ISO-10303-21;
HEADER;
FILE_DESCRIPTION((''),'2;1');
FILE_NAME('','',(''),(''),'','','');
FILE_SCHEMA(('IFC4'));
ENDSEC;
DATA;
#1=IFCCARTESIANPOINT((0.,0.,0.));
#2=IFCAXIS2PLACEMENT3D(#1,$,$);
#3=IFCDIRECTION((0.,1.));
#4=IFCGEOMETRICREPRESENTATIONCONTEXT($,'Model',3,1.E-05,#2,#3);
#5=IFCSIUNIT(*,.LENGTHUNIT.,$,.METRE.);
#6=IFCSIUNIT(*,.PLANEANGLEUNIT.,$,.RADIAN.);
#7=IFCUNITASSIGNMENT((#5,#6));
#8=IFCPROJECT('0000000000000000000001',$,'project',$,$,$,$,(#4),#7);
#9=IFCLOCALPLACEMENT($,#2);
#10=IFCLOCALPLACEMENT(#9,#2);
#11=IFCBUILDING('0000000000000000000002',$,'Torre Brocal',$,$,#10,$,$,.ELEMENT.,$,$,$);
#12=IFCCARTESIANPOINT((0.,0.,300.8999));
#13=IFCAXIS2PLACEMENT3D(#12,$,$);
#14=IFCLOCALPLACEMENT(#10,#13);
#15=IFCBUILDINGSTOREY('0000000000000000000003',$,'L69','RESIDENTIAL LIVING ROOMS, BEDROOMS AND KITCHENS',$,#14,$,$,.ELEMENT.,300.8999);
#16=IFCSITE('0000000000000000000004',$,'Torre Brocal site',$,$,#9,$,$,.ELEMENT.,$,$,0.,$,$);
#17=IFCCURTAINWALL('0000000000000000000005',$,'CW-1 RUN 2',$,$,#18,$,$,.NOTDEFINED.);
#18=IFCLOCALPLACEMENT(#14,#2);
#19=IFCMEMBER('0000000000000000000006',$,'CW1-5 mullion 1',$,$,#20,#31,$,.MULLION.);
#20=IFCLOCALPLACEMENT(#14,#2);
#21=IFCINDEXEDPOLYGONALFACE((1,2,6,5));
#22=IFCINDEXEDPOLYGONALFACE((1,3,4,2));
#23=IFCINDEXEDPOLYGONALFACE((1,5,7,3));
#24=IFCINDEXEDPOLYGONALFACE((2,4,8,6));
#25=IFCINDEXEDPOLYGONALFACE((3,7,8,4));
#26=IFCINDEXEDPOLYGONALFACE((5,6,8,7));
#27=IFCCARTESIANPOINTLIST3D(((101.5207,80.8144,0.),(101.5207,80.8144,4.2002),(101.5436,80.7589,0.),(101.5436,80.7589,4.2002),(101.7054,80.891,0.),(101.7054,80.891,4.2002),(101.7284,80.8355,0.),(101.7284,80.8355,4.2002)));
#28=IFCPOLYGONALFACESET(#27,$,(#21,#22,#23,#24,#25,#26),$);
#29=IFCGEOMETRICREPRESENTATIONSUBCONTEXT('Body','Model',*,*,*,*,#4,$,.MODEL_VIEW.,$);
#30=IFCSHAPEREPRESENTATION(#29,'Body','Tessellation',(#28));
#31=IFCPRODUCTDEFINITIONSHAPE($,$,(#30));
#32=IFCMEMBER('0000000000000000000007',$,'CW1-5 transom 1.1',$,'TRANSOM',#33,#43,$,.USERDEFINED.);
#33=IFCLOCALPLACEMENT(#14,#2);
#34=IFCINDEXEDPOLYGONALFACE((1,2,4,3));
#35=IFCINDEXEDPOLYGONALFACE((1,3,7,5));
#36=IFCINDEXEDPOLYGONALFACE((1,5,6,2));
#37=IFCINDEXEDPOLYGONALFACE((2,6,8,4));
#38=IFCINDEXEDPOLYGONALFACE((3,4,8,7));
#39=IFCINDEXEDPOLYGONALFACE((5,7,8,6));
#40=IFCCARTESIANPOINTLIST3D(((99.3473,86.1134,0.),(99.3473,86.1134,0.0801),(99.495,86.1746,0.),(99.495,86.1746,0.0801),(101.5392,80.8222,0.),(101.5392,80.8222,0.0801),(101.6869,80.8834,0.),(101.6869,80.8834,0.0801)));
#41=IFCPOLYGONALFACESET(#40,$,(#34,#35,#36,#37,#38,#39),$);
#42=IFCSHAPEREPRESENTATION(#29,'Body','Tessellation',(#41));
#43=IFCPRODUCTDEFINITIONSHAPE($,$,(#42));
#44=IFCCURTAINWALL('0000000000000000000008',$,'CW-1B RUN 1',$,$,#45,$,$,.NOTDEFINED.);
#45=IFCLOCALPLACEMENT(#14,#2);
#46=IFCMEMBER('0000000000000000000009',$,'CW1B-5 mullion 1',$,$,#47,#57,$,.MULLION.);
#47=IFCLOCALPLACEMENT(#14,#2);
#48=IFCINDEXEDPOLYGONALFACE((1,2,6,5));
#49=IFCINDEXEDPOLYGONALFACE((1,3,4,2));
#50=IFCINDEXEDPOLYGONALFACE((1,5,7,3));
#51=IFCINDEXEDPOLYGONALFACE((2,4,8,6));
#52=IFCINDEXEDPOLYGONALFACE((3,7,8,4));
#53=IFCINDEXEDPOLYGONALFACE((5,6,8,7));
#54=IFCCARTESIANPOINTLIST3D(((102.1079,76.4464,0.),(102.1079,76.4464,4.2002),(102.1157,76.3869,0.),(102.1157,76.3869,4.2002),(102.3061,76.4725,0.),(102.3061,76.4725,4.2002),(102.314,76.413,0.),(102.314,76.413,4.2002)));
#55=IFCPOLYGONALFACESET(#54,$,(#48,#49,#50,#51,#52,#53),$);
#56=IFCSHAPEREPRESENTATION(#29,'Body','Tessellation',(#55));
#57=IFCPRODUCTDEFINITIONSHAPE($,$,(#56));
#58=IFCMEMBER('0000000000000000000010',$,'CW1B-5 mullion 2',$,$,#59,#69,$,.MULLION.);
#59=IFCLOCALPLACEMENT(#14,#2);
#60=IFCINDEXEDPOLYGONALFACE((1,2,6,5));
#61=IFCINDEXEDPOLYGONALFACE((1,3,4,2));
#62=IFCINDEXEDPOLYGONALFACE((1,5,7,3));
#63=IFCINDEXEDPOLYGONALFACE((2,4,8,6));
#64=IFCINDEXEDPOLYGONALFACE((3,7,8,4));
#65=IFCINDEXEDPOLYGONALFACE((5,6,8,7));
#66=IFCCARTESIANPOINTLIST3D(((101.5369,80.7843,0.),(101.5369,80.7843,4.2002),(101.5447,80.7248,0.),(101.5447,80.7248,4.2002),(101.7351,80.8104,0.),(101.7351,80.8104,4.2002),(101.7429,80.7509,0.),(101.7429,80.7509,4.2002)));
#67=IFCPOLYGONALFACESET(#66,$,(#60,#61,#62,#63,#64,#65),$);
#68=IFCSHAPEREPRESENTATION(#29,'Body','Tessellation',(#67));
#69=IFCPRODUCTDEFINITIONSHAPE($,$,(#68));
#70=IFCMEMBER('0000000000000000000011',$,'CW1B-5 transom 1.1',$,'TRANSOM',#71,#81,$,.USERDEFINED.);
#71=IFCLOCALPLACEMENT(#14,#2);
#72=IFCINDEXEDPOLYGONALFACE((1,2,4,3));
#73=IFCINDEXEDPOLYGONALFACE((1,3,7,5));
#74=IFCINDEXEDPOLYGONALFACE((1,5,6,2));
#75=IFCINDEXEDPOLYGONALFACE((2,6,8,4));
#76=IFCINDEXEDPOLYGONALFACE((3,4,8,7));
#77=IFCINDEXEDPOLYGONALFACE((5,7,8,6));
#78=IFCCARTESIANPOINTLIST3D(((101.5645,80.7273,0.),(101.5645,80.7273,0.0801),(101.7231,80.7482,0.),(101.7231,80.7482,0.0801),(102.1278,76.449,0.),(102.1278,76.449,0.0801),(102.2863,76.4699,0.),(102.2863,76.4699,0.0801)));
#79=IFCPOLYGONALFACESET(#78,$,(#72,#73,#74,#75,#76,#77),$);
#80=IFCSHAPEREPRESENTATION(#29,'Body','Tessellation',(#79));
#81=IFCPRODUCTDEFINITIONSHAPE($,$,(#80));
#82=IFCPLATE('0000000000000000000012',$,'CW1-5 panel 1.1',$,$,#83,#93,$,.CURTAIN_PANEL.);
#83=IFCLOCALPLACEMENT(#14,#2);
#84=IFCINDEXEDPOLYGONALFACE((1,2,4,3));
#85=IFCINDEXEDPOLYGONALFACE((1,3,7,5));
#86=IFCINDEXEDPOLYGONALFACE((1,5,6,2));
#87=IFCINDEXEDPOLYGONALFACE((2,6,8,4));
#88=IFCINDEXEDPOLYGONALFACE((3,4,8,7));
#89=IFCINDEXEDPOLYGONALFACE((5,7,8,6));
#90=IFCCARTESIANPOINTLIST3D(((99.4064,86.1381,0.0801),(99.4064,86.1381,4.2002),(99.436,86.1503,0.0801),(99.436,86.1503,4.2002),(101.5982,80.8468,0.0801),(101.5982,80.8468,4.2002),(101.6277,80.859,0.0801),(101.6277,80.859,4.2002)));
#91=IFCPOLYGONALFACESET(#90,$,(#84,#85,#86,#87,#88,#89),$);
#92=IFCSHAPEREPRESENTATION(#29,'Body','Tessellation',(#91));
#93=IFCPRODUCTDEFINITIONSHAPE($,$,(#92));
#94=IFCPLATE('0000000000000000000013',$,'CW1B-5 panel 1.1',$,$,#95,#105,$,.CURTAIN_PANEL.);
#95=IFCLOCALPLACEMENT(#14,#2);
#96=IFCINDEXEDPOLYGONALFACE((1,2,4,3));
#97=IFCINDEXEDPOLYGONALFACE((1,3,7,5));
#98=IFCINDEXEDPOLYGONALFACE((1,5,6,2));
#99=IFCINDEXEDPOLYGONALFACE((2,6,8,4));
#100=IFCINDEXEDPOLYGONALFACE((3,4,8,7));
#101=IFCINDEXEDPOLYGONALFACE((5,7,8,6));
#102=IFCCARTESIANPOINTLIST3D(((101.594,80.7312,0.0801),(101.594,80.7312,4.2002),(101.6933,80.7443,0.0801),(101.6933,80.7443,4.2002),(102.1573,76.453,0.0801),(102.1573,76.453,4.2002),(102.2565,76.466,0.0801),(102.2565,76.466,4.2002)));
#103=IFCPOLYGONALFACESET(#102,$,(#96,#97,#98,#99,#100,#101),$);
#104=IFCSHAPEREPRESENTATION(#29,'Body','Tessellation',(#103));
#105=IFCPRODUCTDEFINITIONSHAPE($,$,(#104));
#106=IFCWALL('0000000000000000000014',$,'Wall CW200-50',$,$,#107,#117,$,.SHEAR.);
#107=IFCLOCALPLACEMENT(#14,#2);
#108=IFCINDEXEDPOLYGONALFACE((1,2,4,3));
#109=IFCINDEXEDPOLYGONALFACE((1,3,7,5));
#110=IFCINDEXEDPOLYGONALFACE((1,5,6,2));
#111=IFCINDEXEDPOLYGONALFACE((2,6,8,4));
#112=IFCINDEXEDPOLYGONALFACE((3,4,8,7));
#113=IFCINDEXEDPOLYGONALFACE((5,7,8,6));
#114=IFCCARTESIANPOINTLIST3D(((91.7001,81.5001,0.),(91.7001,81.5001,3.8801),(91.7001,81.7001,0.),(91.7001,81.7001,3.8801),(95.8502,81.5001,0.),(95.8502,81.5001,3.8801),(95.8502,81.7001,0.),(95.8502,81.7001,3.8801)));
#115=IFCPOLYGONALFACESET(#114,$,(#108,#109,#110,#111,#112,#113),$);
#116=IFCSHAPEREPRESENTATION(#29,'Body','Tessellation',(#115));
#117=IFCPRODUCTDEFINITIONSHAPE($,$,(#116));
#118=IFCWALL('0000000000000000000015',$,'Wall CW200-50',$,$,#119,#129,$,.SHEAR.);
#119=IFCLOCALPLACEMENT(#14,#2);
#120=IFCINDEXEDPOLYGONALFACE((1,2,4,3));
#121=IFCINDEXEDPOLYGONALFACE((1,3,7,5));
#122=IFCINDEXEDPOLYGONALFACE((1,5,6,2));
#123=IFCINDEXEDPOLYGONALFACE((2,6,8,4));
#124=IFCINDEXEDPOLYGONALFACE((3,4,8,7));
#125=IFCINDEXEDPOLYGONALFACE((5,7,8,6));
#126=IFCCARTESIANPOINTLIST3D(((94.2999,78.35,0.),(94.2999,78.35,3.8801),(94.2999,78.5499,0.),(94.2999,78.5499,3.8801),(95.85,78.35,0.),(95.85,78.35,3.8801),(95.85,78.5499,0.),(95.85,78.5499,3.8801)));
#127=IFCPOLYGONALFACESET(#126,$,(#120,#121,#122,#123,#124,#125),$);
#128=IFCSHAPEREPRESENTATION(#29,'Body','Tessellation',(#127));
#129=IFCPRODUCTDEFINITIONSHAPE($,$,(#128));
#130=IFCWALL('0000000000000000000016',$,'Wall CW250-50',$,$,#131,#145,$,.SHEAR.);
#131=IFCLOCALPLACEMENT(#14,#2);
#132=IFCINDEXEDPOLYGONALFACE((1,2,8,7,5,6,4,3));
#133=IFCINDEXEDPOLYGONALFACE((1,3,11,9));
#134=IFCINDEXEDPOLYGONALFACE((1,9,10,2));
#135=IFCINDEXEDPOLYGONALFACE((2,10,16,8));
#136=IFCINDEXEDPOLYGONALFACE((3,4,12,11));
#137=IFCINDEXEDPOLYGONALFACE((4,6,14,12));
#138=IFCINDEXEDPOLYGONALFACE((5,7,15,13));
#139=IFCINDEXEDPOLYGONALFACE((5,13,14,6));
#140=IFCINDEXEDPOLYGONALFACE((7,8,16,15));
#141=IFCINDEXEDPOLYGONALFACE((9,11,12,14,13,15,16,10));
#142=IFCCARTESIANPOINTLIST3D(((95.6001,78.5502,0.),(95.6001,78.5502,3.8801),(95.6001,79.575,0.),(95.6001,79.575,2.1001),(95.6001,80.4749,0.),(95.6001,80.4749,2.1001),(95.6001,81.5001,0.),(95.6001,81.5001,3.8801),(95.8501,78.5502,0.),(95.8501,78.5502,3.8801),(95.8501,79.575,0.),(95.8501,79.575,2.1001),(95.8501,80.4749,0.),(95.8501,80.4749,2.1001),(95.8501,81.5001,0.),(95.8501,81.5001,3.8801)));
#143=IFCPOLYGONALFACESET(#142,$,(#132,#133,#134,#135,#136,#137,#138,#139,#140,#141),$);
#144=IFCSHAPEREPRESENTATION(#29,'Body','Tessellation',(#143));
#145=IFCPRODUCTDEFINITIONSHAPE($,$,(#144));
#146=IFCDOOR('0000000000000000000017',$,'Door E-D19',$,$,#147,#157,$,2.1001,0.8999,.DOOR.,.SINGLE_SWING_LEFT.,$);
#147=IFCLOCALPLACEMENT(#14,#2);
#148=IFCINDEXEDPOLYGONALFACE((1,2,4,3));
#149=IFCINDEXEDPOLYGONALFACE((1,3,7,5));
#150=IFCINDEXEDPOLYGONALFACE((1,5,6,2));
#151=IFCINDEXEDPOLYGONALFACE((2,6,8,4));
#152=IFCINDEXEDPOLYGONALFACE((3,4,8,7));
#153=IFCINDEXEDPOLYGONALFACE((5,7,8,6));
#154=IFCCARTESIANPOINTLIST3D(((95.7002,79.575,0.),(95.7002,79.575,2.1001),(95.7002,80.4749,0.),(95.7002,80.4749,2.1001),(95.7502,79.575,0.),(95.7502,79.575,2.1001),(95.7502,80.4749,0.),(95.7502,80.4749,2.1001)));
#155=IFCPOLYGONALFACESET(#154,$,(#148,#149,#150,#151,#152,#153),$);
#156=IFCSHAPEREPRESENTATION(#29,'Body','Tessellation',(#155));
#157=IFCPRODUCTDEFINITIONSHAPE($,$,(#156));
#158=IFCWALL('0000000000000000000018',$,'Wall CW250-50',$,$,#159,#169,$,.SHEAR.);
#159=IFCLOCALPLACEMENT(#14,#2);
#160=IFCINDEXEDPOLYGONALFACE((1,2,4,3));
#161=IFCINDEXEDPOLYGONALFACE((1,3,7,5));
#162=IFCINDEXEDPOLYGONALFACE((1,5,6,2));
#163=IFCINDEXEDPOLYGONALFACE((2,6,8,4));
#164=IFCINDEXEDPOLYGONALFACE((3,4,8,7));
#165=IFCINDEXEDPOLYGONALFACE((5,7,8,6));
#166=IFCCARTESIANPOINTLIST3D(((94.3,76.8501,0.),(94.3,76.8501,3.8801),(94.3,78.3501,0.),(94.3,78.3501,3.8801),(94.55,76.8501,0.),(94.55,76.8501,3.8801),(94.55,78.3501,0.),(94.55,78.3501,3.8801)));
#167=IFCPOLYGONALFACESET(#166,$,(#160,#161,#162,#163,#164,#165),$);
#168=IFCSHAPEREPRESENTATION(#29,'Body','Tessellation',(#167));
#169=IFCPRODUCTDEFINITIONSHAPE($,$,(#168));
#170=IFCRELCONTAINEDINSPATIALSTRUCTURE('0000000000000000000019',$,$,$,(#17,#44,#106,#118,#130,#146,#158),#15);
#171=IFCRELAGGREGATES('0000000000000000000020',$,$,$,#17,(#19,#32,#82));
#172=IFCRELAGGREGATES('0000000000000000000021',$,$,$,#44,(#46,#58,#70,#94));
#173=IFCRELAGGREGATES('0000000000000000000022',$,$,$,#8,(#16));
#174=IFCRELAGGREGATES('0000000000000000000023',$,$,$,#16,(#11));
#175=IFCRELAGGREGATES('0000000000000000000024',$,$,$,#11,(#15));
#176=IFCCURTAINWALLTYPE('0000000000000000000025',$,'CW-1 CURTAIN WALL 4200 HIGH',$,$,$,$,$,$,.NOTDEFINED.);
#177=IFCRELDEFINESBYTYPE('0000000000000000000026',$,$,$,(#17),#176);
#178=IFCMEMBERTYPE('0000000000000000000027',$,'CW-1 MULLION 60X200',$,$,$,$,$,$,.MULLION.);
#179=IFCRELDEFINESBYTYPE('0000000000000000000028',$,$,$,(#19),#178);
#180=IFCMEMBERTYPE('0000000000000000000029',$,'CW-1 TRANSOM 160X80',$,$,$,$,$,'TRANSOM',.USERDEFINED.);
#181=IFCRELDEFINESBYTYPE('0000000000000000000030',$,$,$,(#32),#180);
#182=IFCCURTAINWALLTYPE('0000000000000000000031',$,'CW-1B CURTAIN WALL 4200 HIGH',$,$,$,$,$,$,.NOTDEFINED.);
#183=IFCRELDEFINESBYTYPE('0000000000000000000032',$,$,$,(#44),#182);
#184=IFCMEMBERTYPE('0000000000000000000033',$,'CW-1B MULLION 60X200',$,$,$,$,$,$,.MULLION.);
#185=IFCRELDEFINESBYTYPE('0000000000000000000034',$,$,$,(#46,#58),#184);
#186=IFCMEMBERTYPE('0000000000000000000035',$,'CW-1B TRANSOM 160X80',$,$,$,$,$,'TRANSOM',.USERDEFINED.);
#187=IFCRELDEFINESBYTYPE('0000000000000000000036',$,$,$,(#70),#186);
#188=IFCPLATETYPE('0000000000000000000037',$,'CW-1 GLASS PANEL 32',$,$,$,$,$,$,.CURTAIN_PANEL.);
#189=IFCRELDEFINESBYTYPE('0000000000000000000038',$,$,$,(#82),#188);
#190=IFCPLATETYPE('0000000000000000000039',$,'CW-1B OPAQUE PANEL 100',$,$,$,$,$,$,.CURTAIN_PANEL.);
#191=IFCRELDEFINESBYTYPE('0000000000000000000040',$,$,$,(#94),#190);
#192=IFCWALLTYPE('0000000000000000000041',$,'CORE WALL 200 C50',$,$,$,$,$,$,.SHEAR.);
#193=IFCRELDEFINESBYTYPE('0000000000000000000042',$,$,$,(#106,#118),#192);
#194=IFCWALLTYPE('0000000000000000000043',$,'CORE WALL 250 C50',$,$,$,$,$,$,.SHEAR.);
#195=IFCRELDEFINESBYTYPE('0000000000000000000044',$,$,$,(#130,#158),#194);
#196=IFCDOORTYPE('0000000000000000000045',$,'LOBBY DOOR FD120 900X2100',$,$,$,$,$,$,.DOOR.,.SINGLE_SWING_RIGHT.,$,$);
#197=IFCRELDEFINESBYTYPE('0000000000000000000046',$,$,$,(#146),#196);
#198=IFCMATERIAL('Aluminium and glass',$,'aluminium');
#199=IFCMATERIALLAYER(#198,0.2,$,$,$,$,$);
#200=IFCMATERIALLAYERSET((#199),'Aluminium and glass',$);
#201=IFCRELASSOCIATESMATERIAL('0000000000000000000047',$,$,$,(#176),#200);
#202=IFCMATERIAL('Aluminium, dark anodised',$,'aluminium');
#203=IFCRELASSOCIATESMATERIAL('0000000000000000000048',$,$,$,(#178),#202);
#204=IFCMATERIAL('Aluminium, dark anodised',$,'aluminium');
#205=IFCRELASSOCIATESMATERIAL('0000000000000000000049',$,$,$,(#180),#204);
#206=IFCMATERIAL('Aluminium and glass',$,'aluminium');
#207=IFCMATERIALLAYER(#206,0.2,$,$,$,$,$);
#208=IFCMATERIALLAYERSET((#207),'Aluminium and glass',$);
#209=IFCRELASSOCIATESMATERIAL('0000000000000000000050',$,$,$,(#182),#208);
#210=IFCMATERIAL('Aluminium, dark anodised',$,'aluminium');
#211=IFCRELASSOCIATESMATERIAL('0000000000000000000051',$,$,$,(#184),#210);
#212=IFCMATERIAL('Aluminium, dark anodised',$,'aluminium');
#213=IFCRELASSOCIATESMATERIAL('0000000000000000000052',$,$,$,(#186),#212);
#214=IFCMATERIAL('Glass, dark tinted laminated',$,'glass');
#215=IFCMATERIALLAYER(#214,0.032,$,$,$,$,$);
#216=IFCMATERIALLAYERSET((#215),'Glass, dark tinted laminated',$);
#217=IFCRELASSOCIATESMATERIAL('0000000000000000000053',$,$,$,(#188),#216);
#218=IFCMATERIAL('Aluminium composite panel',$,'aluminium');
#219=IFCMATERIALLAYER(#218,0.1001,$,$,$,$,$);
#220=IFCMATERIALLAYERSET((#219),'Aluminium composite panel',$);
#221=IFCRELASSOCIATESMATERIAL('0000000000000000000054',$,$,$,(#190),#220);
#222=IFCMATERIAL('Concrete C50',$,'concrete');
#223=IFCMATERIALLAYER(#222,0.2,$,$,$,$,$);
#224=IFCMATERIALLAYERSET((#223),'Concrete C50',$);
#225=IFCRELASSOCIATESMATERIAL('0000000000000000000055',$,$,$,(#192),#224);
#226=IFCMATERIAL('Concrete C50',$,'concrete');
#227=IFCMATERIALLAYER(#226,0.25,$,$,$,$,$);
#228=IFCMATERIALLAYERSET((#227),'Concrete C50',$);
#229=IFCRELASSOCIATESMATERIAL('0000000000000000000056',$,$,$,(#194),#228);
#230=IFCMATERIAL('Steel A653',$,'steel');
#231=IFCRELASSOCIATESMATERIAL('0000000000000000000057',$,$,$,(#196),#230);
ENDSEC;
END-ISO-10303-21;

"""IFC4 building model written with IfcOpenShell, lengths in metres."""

from ifc_helpers import new_model, si_unit, direction, frame, frame_2d, origin, origin_2d, place, context, subcontext, project, spatial, rectangle, extrude, material, layer, layer_set, material_profile, profile_set, type_object, element, fill, aggregate, save


model = new_model("IFC4")

# Units and contexts
model_context = context("Model", 3, precision=1e-05, world=origin(), true_north=direction((0.0, 1.0)))
body_context = subcontext(model_context, "Body", "Model", "MODEL_VIEW")
ifc_project = project(units=[si_unit("LENGTHUNIT", "METRE"), si_unit("PLANEANGLEUNIT", "RADIAN")], contexts=[model_context])

# Site, building, storey
site_placement = place(None, origin())
site = spatial("IfcSite", under=ifc_project, at=site_placement, Name="Torre Brocal site", CompositionType="ELEMENT", RefElevation=0.0)
building_placement = place(site_placement, origin())
building = spatial("IfcBuilding", under=site, at=building_placement, Name="Torre Brocal", CompositionType="ELEMENT")
storey_placement = place(building_placement, frame((0.0, 0.0, 300.8999)))
storey = spatial("IfcBuildingStorey", under=building, at=storey_placement, Name="L69", Description="RESIDENTIAL LIVING ROOMS, BEDROOMS AND KITCHENS", CompositionType="ELEMENT", Elevation=300.8999)

# Curtain walls, members
ifc_material_1 = material(Name="Aluminium and glass", Category="aluminium")
ifc_layer_1 = layer(ifc_material_1, 0.2)
ifc_layer_set_1 = layer_set([ifc_layer_1], Name="Aluminium and glass")
curtain_wall_type_1 = type_object("IfcCurtainWallType", Name="CW-1 CURTAIN WALL 4200 HIGH", PredefinedType="NOTDEFINED", material=ifc_layer_set_1)
curtain_wall_1_placement = place(storey_placement, origin())
curtain_wall_1 = element("IfcCurtainWall", 1, at=curtain_wall_1_placement, inside=storey, type_object=curtain_wall_type_1, Name="CW-1 RUN 2", PredefinedType="NOTDEFINED")
ifc_material_2 = material(Name="Aluminium, dark anodised", Category="aluminium")
ifc_material_profile_1 = material_profile(ifc_material_2, rectangle(XDim=0.2, YDim=0.0601, at=origin_2d()), Name="CW-1 MULLION 60X200")
ifc_profile_set_1 = profile_set([ifc_material_profile_1], Name="Aluminium, dark anodised")
member_type_1 = type_object("IfcMemberType", Name="CW-1 MULLION 60X200", PredefinedType="MULLION", material=ifc_profile_set_1)
member_1_placement = place(storey_placement, frame((101.6245, 80.825, 0.0), z_axis=(0.0, 0.0, 1.0), x_axis=(-0.92388, -0.382683, 0.0)))
member_1 = element("IfcMember", 2, at=member_1_placement, type_object=member_type_1, Name="CW1-5 mullion 1", PredefinedType="MULLION", context=body_context, shape_type="SweptSolid", body=[
    extrude(rectangle(XDim=0.2, YDim=0.0601, at=origin_2d()), origin(), (0.0, 0.0, 1.0), 4.2002),
])
ifc_material_3 = material(Name="Aluminium, dark anodised", Category="aluminium")
ifc_material_profile_2 = material_profile(ifc_material_3, rectangle(XDim=0.1599, YDim=0.0801, at=origin_2d()), Name="CW-1 TRANSOM 160X80")
ifc_profile_set_2 = profile_set([ifc_material_profile_2], Name="Aluminium, dark anodised")
member_type_2 = type_object("IfcMemberType", Name="CW-1 TRANSOM 160X80", ElementType="TRANSOM", PredefinedType="USERDEFINED", material=ifc_profile_set_2)
member_2_placement = place(storey_placement, frame((101.613, 80.8528, 0.04), z_axis=(-0.382711, 0.923868, 0.0), x_axis=(-0.923868, -0.382711, 0.0)))
member_2 = element("IfcMember", 3, at=member_2_placement, type_object=member_type_2, Name="CW1-5 transom 1.1", ObjectType="TRANSOM", PredefinedType="USERDEFINED", context=body_context, shape_type="SweptSolid", body=[
    extrude(rectangle(XDim=0.1599, YDim=0.0801, at=origin_2d()), origin(), (0.0, 0.0, 1.0), 5.7273),
])
ifc_material_4 = material(Name="Aluminium and glass", Category="aluminium")
ifc_layer_2 = layer(ifc_material_4, 0.2)
ifc_layer_set_2 = layer_set([ifc_layer_2], Name="Aluminium and glass")
curtain_wall_type_2 = type_object("IfcCurtainWallType", Name="CW-1B CURTAIN WALL 4200 HIGH", PredefinedType="NOTDEFINED", material=ifc_layer_set_2)
curtain_wall_2_placement = place(storey_placement, origin())
curtain_wall_2 = element("IfcCurtainWall", 4, at=curtain_wall_2_placement, inside=storey, type_object=curtain_wall_type_2, Name="CW-1B RUN 1", PredefinedType="NOTDEFINED")
ifc_material_5 = material(Name="Aluminium, dark anodised", Category="aluminium")
ifc_material_profile_3 = material_profile(ifc_material_5, rectangle(XDim=0.2, YDim=0.0601, at=origin_2d()), Name="CW-1B MULLION 60X200")
ifc_profile_set_3 = profile_set([ifc_material_profile_3], Name="Aluminium, dark anodised")
member_type_3 = type_object("IfcMemberType", Name="CW-1B MULLION 60X200", PredefinedType="MULLION", material=ifc_profile_set_3)
member_3_placement = place(storey_placement, frame((102.2109, 76.4297, 0.0), z_axis=(0.0, 0.0, 1.0), x_axis=(-0.991445, -0.130526, 0.0)))
member_3 = element("IfcMember", 5, at=member_3_placement, type_object=member_type_3, Name="CW1B-5 mullion 1", PredefinedType="MULLION", context=body_context, shape_type="SweptSolid", body=[
    extrude(rectangle(XDim=0.2, YDim=0.0601, at=origin_2d()), origin(), (0.0, 0.0, 1.0), 4.2002),
])
member_4_placement = place(storey_placement, frame((101.6399, 80.7676, 0.0), z_axis=(0.0, 0.0, 1.0), x_axis=(-0.991445, -0.130526, 0.0)))
member_4 = element("IfcMember", 6, at=member_4_placement, type_object=member_type_3, Name="CW1B-5 mullion 2", PredefinedType="MULLION", context=body_context, shape_type="SweptSolid", body=[
    extrude(rectangle(XDim=0.2, YDim=0.0601, at=origin_2d()), origin(), (0.0, 0.0, 1.0), 4.2002),
])
ifc_material_6 = material(Name="Aluminium, dark anodised", Category="aluminium")
ifc_material_profile_4 = material_profile(ifc_material_6, rectangle(XDim=0.1599, YDim=0.0801, at=origin_2d()), Name="CW-1B TRANSOM 160X80")
ifc_profile_set_4 = profile_set([ifc_material_profile_4], Name="Aluminium, dark anodised")
member_type_4 = type_object("IfcMemberType", Name="CW-1B TRANSOM 160X80", ElementType="TRANSOM", PredefinedType="USERDEFINED", material=ifc_profile_set_4)
member_5_placement = place(storey_placement, frame((102.207, 76.4595, 0.04), z_axis=(-0.130522, 0.991445, 0.0), x_axis=(-0.991445, -0.130522, 0.0)))
member_5 = element("IfcMember", 7, at=member_5_placement, type_object=member_type_4, Name="CW1B-5 transom 1.1", ObjectType="TRANSOM", PredefinedType="USERDEFINED", context=body_context, shape_type="SweptSolid", body=[
    extrude(rectangle(XDim=0.1599, YDim=0.0801, at=origin_2d()), origin(), (0.0, 0.0, 1.0), 4.3152),
])

# Plates
ifc_material_7 = material(Name="Glass, dark tinted laminated", Category="glass")
ifc_layer_3 = layer(ifc_material_7, 0.032)
ifc_layer_set_3 = layer_set([ifc_layer_3], Name="Glass, dark tinted laminated")
plate_type_1 = type_object("IfcPlateType", Name="CW-1 GLASS PANEL 32", PredefinedType="CURTAIN_PANEL", material=ifc_layer_set_3)
plate_1_placement = place(storey_placement, frame((100.5171, 83.4985, 0.0801), z_axis=(0.0, 0.0, 1.0), x_axis=(-0.382683, 0.92388, 0.0)))
plate_1 = element("IfcPlate", 8, at=plate_1_placement, type_object=plate_type_1, Name="CW1-5 panel 1.1", PredefinedType="CURTAIN_PANEL", context=body_context, shape_type="SweptSolid", body=[
    extrude(rectangle(XDim=5.7273, YDim=0.032, at=origin_2d()), origin(), (0.0, 0.0, 1.0), 4.1201),
])
aggregate(curtain_wall_1, [member_1, member_2, plate_1])
ifc_material_8 = material(Name="Aluminium composite panel", Category="aluminium")
ifc_layer_4 = layer(ifc_material_8, 0.1001)
ifc_layer_set_4 = layer_set([ifc_layer_4], Name="Aluminium composite panel")
plate_type_2 = type_object("IfcPlateType", Name="CW-1B OPAQUE PANEL 100", PredefinedType="CURTAIN_PANEL", material=ifc_layer_set_4)
plate_2_placement = place(storey_placement, frame((101.9253, 78.5986, 0.0801), z_axis=(0.0, 0.0, 1.0), x_axis=(-0.130526, 0.991445, 0.0)))
plate_2 = element("IfcPlate", 9, at=plate_2_placement, type_object=plate_type_2, Name="CW1B-5 panel 1.1", PredefinedType="CURTAIN_PANEL", context=body_context, shape_type="SweptSolid", body=[
    extrude(rectangle(XDim=4.3152, YDim=0.1001, at=origin_2d()), origin(), (0.0, 0.0, 1.0), 4.1201),
])
aggregate(curtain_wall_2, [member_3, member_4, member_5, plate_2])

# Walls
ifc_material_9 = material(Name="Concrete C50", Category="concrete")
ifc_layer_5 = layer(ifc_material_9, 0.2)
ifc_layer_set_5 = layer_set([ifc_layer_5], Name="Concrete C50")
wall_type_1 = type_object("IfcWallType", Name="CORE WALL 200 C50", PredefinedType="SHEAR", material=ifc_layer_set_5)
wall_1_placement = place(storey_placement, frame((91.7, 81.6001, 0.0), z_axis=(0.0, 0.0, 1.0), x_axis=(1.0, 0.0, 0.0)))
element("IfcWall", 10, at=wall_1_placement, inside=storey, type_object=wall_type_1, Name="Wall CW200-50", PredefinedType="SHEAR", context=body_context, shape_type="SweptSolid", body=[
    extrude(rectangle(XDim=4.1501, YDim=0.2, at=frame_2d((2.0752, 0.0))), origin(), (0.0, 0.0, 1.0), 3.8801),
])
wall_2_placement = place(storey_placement, frame((94.3, 78.45, 0.0), z_axis=(0.0, 0.0, 1.0), x_axis=(1.0, 0.0, 0.0)))
element("IfcWall", 11, at=wall_2_placement, inside=storey, type_object=wall_type_1, Name="Wall CW200-50", PredefinedType="SHEAR", context=body_context, shape_type="SweptSolid", body=[
    extrude(rectangle(XDim=1.55, YDim=0.2, at=frame_2d((0.7749, 0.0))), origin(), (0.0, 0.0, 1.0), 3.8801),
])

# Wall, opening, door
ifc_material_10 = material(Name="Concrete C50", Category="concrete")
ifc_layer_6 = layer(ifc_material_10, 0.25)
ifc_layer_set_6 = layer_set([ifc_layer_6], Name="Concrete C50")
wall_type_2 = type_object("IfcWallType", Name="CORE WALL 250 C50", PredefinedType="SHEAR", material=ifc_layer_set_6)
wall_3_placement = place(storey_placement, frame((95.7251, 78.55, 0.0), z_axis=(0.0, 0.0, 1.0), x_axis=(0.0, 1.0, 0.0)))
wall_3 = element("IfcWall", 12, at=wall_3_placement, inside=storey, type_object=wall_type_2, Name="Wall CW250-50", PredefinedType="SHEAR", context=body_context, shape_type="SweptSolid", body=[
    extrude(rectangle(XDim=2.95, YDim=0.25, at=frame_2d((1.4751, 0.0))), origin(), (0.0, 0.0, 1.0), 3.8801),
])
opening_1_placement = place(wall_3_placement, frame((1.0249, 0.0, 0.0)))
opening_1 = element("IfcOpeningElement", 13, at=opening_1_placement, cuts=wall_3, PredefinedType="OPENING", context=body_context, shape_type="SweptSolid", body=[
    extrude(rectangle(XDim=0.8999, YDim=2.1001, at=frame_2d((0.45, 1.05))), frame((0.0, 0.135, 0.0), z_axis=(0.0, -1.0, 0.0), x_axis=(1.0, 0.0, 0.0)), (0.0, 0.0, 1.0), 0.27),
])
ifc_material_11 = material(Name="Steel A653", Category="steel")
door_type_1 = type_object("IfcDoorType", Name="LOBBY DOOR FD120 900X2100", OperationType="SINGLE_SWING_RIGHT", PredefinedType="DOOR", material=ifc_material_11)
door_1_placement = place(opening_1_placement, origin())
door_1 = element("IfcDoor", 14, at=door_1_placement, inside=storey, type_object=door_type_1, Name="Door E-D19", OperationType="SINGLE_SWING_LEFT", OverallHeight=2.1001, OverallWidth=0.8999, PredefinedType="DOOR", context=body_context, shape_type="SweptSolid", body=[
    extrude(rectangle(XDim=0.8999, YDim=2.1001, at=frame_2d((0.45, 1.05))), frame((0.0, 0.0249, 0.0), z_axis=(0.0, -1.0, 0.0), x_axis=(1.0, 0.0, 0.0)), (0.0, 0.0, 1.0), 0.05),
])
fill(opening_1, door_1)

# Wall
wall_4_placement = place(storey_placement, frame((94.425, 76.8501, 0.0), z_axis=(0.0, 0.0, 1.0), x_axis=(0.0, 1.0, 0.0)))
element("IfcWall", 15, at=wall_4_placement, inside=storey, type_object=wall_type_2, Name="Wall CW250-50", PredefinedType="SHEAR", context=body_context, shape_type="SweptSolid", body=[
    extrude(rectangle(XDim=1.5, YDim=0.25, at=frame_2d((0.75, 0.0))), origin(), (0.0, 0.0, 1.0), 3.8801),
])

save(model, "model.ifc")
